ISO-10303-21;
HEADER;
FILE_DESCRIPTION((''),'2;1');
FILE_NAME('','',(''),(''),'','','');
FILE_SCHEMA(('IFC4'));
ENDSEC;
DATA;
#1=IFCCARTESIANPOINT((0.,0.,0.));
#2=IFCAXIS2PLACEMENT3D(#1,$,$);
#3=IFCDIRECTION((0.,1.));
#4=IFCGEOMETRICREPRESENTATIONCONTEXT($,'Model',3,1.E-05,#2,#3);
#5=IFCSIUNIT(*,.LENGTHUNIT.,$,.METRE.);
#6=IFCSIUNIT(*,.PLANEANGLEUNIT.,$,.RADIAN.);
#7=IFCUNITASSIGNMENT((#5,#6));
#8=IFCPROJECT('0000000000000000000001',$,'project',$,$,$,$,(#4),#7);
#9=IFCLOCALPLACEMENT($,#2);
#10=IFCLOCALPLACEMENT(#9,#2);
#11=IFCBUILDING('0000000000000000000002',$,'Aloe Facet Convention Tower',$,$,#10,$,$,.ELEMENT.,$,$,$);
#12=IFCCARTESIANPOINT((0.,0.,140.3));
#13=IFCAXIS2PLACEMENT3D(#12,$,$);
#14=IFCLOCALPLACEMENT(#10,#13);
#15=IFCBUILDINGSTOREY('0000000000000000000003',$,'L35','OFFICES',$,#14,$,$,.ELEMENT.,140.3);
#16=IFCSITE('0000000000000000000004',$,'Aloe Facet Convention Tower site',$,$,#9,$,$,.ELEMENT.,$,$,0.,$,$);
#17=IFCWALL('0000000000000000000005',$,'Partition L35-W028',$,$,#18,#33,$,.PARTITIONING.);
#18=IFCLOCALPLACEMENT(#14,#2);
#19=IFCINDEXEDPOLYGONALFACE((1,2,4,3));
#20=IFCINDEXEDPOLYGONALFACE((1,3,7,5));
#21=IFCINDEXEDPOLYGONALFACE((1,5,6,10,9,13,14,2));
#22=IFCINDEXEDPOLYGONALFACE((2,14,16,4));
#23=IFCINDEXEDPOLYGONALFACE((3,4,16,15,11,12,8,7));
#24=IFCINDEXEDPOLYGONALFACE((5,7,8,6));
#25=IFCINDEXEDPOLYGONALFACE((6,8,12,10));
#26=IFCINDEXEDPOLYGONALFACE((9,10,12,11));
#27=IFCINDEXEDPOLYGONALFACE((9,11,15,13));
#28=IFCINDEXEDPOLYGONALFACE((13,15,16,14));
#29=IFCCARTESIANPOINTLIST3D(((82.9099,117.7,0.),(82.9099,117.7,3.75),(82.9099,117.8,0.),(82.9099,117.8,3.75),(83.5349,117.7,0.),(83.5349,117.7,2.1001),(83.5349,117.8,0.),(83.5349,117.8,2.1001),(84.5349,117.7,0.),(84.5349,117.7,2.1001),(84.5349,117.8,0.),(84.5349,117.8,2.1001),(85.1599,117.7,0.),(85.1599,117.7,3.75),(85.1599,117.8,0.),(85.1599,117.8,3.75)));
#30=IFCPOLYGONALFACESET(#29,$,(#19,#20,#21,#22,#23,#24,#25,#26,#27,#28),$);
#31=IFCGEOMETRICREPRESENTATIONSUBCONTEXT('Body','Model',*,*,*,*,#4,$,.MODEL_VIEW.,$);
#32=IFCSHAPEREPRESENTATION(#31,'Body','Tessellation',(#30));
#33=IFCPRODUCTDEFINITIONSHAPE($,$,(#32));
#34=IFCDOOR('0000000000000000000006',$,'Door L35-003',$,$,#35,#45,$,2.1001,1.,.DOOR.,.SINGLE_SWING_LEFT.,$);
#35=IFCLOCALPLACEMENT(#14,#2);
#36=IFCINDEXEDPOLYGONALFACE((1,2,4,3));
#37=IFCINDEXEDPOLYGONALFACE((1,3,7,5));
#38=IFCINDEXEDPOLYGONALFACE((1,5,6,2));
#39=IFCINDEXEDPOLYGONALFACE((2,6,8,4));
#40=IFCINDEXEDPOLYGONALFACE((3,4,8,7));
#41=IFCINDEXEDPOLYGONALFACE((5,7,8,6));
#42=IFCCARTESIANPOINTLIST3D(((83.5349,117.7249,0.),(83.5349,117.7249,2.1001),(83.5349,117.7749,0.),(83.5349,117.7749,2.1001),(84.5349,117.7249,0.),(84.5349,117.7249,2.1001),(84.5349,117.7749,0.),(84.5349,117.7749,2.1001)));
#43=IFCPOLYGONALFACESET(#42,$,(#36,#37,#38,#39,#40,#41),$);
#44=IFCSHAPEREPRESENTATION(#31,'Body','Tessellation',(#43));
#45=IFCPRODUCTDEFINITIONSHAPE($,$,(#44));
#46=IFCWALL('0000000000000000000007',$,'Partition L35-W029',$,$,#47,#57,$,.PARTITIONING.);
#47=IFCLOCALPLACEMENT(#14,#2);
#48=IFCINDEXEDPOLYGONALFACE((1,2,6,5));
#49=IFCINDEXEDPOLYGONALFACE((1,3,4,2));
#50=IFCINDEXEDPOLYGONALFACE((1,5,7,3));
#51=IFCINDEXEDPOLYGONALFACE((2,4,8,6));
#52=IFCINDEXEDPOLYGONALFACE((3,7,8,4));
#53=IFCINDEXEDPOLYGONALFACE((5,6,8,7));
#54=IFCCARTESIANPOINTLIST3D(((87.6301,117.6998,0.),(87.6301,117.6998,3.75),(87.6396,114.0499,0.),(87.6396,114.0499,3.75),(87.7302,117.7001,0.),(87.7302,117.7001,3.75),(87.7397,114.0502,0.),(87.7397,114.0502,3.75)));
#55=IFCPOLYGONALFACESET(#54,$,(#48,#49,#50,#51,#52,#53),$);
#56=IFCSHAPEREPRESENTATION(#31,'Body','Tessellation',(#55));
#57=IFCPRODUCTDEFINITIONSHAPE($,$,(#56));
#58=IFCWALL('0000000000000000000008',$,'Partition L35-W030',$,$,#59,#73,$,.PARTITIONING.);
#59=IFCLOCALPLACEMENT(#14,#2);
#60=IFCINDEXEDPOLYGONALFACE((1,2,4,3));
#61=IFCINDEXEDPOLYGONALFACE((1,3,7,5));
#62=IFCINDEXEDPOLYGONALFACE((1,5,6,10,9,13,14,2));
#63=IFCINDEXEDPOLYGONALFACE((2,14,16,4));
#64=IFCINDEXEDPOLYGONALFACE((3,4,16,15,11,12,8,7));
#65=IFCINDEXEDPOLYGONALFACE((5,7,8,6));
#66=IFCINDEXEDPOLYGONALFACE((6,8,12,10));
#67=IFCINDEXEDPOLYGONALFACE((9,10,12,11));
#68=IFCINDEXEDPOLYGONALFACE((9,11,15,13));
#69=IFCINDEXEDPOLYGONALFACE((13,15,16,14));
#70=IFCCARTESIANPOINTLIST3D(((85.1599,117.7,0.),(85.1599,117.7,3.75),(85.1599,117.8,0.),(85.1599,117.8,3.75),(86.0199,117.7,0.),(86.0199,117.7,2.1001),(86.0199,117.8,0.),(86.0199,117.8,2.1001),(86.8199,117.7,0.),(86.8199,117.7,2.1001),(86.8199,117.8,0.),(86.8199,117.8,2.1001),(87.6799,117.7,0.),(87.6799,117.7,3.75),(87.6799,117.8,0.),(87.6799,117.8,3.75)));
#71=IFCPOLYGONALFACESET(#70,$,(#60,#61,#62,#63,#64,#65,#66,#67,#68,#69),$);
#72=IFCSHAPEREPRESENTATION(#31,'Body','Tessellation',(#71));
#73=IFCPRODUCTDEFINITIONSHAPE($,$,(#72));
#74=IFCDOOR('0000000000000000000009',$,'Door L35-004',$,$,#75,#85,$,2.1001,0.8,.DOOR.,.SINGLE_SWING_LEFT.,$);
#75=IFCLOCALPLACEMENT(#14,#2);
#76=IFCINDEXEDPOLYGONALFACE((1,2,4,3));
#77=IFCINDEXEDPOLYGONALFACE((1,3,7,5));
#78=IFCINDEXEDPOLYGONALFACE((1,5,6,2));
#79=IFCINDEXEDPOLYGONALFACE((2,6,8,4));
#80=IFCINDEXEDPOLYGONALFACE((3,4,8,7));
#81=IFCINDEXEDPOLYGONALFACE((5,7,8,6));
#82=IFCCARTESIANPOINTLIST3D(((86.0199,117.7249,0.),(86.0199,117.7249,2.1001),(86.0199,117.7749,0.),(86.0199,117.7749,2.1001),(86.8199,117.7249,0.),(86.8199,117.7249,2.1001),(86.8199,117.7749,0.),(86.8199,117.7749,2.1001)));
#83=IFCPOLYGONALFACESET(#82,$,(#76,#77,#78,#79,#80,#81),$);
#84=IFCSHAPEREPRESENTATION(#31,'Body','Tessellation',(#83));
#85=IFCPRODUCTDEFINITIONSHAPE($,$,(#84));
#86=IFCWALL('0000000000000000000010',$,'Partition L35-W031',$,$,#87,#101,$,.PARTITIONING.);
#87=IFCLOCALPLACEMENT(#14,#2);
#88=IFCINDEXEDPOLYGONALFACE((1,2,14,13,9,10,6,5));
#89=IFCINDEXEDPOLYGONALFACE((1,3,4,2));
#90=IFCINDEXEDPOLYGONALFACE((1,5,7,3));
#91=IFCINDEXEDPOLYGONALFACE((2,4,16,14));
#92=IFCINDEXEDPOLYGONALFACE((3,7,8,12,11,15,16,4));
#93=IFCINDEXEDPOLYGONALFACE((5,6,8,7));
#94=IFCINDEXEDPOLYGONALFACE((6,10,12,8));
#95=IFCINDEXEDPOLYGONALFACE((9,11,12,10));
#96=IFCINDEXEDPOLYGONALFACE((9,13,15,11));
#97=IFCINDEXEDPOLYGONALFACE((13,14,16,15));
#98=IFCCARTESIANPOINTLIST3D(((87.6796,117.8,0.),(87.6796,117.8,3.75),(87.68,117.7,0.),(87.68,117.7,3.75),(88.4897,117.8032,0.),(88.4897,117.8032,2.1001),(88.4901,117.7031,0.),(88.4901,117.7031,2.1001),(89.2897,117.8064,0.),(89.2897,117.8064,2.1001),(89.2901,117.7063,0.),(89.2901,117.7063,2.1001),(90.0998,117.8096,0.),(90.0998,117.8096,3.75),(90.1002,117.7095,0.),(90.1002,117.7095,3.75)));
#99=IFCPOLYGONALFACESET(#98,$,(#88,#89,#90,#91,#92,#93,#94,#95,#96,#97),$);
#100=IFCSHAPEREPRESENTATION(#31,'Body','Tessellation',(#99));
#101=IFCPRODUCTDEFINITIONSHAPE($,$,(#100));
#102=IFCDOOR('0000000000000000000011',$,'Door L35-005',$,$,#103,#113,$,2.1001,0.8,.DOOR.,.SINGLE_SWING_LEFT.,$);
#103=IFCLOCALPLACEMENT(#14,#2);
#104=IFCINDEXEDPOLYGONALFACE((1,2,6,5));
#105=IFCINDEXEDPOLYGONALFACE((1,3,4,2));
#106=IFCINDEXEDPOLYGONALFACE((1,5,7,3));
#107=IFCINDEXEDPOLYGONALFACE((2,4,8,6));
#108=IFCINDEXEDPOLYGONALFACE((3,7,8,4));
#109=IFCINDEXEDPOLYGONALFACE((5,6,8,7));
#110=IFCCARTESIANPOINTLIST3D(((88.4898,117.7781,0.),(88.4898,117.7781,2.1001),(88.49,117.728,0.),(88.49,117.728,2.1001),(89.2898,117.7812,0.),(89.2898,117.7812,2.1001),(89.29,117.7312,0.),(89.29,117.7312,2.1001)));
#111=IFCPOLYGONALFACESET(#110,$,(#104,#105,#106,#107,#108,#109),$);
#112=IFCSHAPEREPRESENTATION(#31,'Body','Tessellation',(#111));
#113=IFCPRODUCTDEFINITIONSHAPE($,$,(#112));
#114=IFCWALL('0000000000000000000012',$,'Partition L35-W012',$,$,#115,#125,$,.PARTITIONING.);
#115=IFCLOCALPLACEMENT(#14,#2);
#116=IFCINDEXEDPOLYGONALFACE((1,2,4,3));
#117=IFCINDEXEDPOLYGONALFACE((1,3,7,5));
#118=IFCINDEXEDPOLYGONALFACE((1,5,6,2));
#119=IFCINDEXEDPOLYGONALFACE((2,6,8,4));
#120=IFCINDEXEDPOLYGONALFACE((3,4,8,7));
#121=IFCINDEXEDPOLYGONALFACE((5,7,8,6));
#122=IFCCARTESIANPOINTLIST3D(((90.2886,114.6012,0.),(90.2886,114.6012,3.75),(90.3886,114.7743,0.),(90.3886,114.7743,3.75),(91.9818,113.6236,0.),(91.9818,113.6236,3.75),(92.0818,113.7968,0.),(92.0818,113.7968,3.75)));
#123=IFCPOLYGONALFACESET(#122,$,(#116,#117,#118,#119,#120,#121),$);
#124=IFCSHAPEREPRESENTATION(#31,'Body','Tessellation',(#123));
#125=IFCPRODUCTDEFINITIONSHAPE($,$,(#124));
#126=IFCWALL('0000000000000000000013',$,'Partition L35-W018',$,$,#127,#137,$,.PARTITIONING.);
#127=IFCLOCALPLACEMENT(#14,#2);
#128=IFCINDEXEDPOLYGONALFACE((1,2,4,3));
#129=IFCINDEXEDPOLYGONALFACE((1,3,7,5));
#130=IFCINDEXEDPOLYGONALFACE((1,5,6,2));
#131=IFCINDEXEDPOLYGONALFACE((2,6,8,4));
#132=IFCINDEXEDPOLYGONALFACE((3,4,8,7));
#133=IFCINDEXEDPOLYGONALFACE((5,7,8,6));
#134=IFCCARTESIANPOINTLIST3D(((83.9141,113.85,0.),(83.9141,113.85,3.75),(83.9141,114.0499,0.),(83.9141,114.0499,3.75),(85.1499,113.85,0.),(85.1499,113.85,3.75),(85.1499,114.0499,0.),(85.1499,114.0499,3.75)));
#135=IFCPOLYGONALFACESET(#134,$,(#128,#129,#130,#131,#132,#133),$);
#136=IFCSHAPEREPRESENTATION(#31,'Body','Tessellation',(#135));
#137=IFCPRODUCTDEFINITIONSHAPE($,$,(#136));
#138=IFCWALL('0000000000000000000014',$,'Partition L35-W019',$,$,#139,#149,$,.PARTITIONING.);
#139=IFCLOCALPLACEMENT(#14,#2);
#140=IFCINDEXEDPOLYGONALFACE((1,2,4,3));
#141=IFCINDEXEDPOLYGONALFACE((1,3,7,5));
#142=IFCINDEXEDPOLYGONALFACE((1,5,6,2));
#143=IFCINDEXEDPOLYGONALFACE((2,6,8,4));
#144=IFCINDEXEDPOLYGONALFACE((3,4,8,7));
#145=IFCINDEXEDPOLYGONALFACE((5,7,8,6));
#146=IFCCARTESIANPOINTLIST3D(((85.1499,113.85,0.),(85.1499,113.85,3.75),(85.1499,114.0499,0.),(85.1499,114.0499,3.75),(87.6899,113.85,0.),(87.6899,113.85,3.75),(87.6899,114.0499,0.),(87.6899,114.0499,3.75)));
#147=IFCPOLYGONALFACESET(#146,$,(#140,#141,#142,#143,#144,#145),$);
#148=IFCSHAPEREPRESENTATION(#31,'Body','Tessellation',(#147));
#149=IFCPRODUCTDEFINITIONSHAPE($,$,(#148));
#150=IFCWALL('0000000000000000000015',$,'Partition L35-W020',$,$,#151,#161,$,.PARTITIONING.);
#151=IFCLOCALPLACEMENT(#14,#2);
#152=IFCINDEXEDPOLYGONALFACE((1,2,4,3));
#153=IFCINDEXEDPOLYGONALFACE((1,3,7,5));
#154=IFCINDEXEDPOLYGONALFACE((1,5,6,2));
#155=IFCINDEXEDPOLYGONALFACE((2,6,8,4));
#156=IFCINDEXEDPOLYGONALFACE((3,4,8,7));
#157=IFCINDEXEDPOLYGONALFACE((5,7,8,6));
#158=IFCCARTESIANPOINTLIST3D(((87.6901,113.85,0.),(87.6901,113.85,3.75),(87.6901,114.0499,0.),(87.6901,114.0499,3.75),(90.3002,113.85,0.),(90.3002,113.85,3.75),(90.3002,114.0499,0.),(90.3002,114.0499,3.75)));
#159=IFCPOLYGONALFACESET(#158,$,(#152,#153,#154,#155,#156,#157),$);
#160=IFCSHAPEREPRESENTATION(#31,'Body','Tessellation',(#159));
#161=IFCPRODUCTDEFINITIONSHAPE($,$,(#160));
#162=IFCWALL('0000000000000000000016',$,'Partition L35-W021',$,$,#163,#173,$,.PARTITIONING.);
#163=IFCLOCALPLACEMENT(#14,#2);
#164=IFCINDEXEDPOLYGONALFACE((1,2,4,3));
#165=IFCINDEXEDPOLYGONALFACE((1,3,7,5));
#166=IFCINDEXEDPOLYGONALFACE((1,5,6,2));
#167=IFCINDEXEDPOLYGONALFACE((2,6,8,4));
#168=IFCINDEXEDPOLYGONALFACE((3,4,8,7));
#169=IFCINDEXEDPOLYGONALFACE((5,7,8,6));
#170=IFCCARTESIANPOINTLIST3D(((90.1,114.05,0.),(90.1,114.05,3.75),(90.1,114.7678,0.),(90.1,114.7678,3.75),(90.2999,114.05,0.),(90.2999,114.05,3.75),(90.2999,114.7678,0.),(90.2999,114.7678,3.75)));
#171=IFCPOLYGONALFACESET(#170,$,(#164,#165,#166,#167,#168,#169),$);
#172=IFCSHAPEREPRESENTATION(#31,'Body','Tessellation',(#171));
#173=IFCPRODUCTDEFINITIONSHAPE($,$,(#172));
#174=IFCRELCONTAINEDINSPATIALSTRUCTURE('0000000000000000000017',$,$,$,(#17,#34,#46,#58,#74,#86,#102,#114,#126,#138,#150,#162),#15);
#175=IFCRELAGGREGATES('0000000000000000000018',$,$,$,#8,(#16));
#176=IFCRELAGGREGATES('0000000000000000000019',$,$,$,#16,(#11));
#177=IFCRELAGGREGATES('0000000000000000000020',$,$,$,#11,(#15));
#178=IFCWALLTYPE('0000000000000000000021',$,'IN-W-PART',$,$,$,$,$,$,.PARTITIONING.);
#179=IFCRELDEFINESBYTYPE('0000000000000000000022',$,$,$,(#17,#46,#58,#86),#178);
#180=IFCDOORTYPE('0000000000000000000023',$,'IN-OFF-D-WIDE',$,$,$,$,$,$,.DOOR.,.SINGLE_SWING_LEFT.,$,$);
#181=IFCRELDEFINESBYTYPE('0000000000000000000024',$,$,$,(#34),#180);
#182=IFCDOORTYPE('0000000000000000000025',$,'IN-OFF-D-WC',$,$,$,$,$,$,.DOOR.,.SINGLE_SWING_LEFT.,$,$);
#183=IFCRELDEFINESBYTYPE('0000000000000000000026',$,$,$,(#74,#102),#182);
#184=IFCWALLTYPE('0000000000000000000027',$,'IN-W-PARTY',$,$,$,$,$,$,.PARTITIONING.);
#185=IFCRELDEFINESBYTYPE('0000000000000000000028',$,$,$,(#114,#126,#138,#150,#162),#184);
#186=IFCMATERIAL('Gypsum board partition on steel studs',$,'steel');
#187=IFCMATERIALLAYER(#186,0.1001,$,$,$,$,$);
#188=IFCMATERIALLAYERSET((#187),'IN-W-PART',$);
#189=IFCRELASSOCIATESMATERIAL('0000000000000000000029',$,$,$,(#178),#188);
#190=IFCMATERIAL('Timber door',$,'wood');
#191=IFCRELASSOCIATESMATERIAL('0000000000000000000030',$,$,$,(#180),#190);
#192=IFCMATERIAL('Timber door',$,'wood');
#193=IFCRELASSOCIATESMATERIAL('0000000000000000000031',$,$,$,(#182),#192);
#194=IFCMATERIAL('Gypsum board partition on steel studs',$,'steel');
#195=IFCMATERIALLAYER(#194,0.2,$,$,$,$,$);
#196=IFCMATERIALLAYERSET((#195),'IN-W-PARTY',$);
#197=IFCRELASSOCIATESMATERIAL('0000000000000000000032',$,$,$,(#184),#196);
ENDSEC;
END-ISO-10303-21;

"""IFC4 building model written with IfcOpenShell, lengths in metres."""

from ifc_helpers import new_model, si_unit, direction, frame, frame_2d, origin, place, context, subcontext, project, spatial, rectangle, extrude, material, layer, layer_set, type_object, element, fill, save


model = new_model("IFC4")

# Units and contexts
model_context = context("Model", 3, precision=1e-05, world=origin(), true_north=direction((0.0, 1.0)))
body_context = subcontext(model_context, "Body", "Model", "MODEL_VIEW")
ifc_project = project(units=[si_unit("LENGTHUNIT", "METRE"), si_unit("PLANEANGLEUNIT", "RADIAN")], contexts=[model_context])

# Site, building, storey
site_placement = place(None, origin())
site = spatial("IfcSite", under=ifc_project, at=site_placement, Name="Aloe Facet Convention Tower site", CompositionType="ELEMENT", RefElevation=0.0)
building_placement = place(site_placement, origin())
building = spatial("IfcBuilding", under=site, at=building_placement, Name="Aloe Facet Convention Tower", CompositionType="ELEMENT")
storey_placement = place(building_placement, frame((0.0, 0.0, 140.3)))
storey = spatial("IfcBuildingStorey", under=building, at=storey_placement, Name="L35", Description="OFFICES", CompositionType="ELEMENT", Elevation=140.3)

# Shared definitions
ifc_material_1 = material(Name="Gypsum board partition on steel studs", Category="steel")
ifc_layer_1 = layer(ifc_material_1, 0.1001)
ifc_layer_set_1 = layer_set([ifc_layer_1], Name="IN-W-PART")
wall_type_1 = type_object("IfcWallType", Name="IN-W-PART", PredefinedType="PARTITIONING", material=ifc_layer_set_1)

# Wall, opening, door
wall_1_placement = place(storey_placement, frame((82.9099, 117.75, 0.0), z_axis=(0.0, 0.0, 1.0), x_axis=(1.0, 0.0, 0.0)))
wall_1 = element("IfcWall", 1, at=wall_1_placement, inside=storey, type_object=wall_type_1, Name="Partition L35-W028", PredefinedType="PARTITIONING", context=body_context, shape_type="SweptSolid", body=[
    extrude(rectangle(XDim=2.25, YDim=0.1001, at=frame_2d((1.125, 0.0))), origin(), (0.0, 0.0, 1.0), 3.75),
])
opening_1_placement = place(wall_1_placement, frame((0.625, 0.0, 0.0)))
opening_1 = element("IfcOpeningElement", 2, at=opening_1_placement, cuts=wall_1, PredefinedType="OPENING", context=body_context, shape_type="SweptSolid", body=[
    extrude(rectangle(XDim=1.0, YDim=2.1001, at=frame_2d((0.5, 1.05))), frame((0.0, 0.0601, 0.0), z_axis=(0.0, -1.0, 0.0), x_axis=(1.0, 0.0, 0.0)), (0.0, 0.0, 1.0), 0.1201),
])
ifc_material_2 = material(Name="Timber door", Category="wood")
door_type_1 = type_object("IfcDoorType", Name="IN-OFF-D-WIDE", OperationType="SINGLE_SWING_LEFT", PredefinedType="DOOR", material=ifc_material_2)
door_1_placement = place(opening_1_placement, origin())
door_1 = element("IfcDoor", 3, at=door_1_placement, inside=storey, type_object=door_type_1, Name="Door L35-003", OperationType="SINGLE_SWING_LEFT", OverallHeight=2.1001, OverallWidth=1.0, PredefinedType="DOOR", context=body_context, shape_type="SweptSolid", body=[
    extrude(rectangle(XDim=1.0, YDim=2.1001, at=frame_2d((0.5, 1.05))), frame((0.0, 0.0249, 0.0), z_axis=(0.0, -1.0, 0.0), x_axis=(1.0, 0.0, 0.0)), (0.0, 0.0, 1.0), 0.05),
])
fill(opening_1, door_1)

# Wall
wall_2_placement = place(storey_placement, frame((87.6897, 114.05, 0.0), z_axis=(0.0, 0.0, 1.0), x_axis=(-0.002609, 0.999997, 0.0)))
element("IfcWall", 4, at=wall_2_placement, inside=storey, type_object=wall_type_1, Name="Partition L35-W029", PredefinedType="PARTITIONING", context=body_context, shape_type="SweptSolid", body=[
    extrude(rectangle(XDim=3.6499, YDim=0.1001, at=frame_2d((1.825, 0.0))), origin(), (0.0, 0.0, 1.0), 3.75),
])

# Walls, openings, doors
wall_3_placement = place(storey_placement, frame((85.1599, 117.75, 0.0), z_axis=(0.0, 0.0, 1.0), x_axis=(1.0, 0.0, 0.0)))
wall_3 = element("IfcWall", 5, at=wall_3_placement, inside=storey, type_object=wall_type_1, Name="Partition L35-W030", PredefinedType="PARTITIONING", context=body_context, shape_type="SweptSolid", body=[
    extrude(rectangle(XDim=2.52, YDim=0.1001, at=frame_2d((1.26, 0.0))), origin(), (0.0, 0.0, 1.0), 3.75),
])
opening_2_placement = place(wall_3_placement, frame((0.8601, 0.0, 0.0)))
opening_2 = element("IfcOpeningElement", 6, at=opening_2_placement, cuts=wall_3, PredefinedType="OPENING", context=body_context, shape_type="SweptSolid", body=[
    extrude(rectangle(XDim=0.8, YDim=2.1001, at=frame_2d((0.3999, 1.05))), frame((0.0, 0.0601, 0.0), z_axis=(0.0, -1.0, 0.0), x_axis=(1.0, 0.0, 0.0)), (0.0, 0.0, 1.0), 0.1201),
])
ifc_material_3 = material(Name="Timber door", Category="wood")
door_type_2 = type_object("IfcDoorType", Name="IN-OFF-D-WC", OperationType="SINGLE_SWING_LEFT", PredefinedType="DOOR", material=ifc_material_3)
door_2_placement = place(opening_2_placement, origin())
door_2 = element("IfcDoor", 7, at=door_2_placement, inside=storey, type_object=door_type_2, Name="Door L35-004", OperationType="SINGLE_SWING_LEFT", OverallHeight=2.1001, OverallWidth=0.8, PredefinedType="DOOR", context=body_context, shape_type="SweptSolid", body=[
    extrude(rectangle(XDim=0.8, YDim=2.1001, at=frame_2d((0.3999, 1.05))), frame((0.0, 0.0249, 0.0), z_axis=(0.0, -1.0, 0.0), x_axis=(1.0, 0.0, 0.0)), (0.0, 0.0, 1.0), 0.05),
])
fill(opening_2, door_2)
wall_4_placement = place(storey_placement, frame((87.6799, 117.75, 0.0), z_axis=(0.0, 0.0, 1.0), x_axis=(0.999992, 0.003934, 0.0)))
wall_4 = element("IfcWall", 8, at=wall_4_placement, inside=storey, type_object=wall_type_1, Name="Partition L35-W031", PredefinedType="PARTITIONING", context=body_context, shape_type="SweptSolid", body=[
    extrude(rectangle(XDim=2.4202, YDim=0.1001, at=frame_2d((1.21, 0.0))), origin(), (0.0, 0.0, 1.0), 3.75),
])
opening_3_placement = place(wall_4_placement, frame((0.8101, 0.0, 0.0)))
opening_3 = element("IfcOpeningElement", 9, at=opening_3_placement, cuts=wall_4, PredefinedType="OPENING", context=body_context, shape_type="SweptSolid", body=[
    extrude(rectangle(XDim=0.8, YDim=2.1001, at=frame_2d((0.3999, 1.05))), frame((0.0, 0.0601, 0.0), z_axis=(0.0, -1.0, 0.0), x_axis=(1.0, 0.0, 0.0)), (0.0, 0.0, 1.0), 0.1201),
])
door_3_placement = place(opening_3_placement, origin())
door_3 = element("IfcDoor", 10, at=door_3_placement, inside=storey, type_object=door_type_2, Name="Door L35-005", OperationType="SINGLE_SWING_LEFT", OverallHeight=2.1001, OverallWidth=0.8, PredefinedType="DOOR", context=body_context, shape_type="SweptSolid", body=[
    extrude(rectangle(XDim=0.8, YDim=2.1001, at=frame_2d((0.3999, 1.05))), frame((0.0, 0.0249, 0.0), z_axis=(0.0, -1.0, 0.0), x_axis=(1.0, 0.0, 0.0)), (0.0, 0.0, 1.0), 0.05),
])
fill(opening_3, door_3)

# Walls
ifc_material_4 = material(Name="Gypsum board partition on steel studs", Category="steel")
ifc_layer_2 = layer(ifc_material_4, 0.2)
ifc_layer_set_2 = layer_set([ifc_layer_2], Name="IN-W-PARTY")
wall_type_2 = type_object("IfcWallType", Name="IN-W-PARTY", PredefinedType="PARTITIONING", material=ifc_layer_set_2)
wall_5_placement = place(storey_placement, frame((90.3386, 114.6877, 0.0), z_axis=(0.0, 0.0, 1.0), x_axis=(0.866021, -0.500007, 0.0)))
element("IfcWall", 11, at=wall_5_placement, inside=storey, type_object=wall_type_2, Name="Partition L35-W012", PredefinedType="PARTITIONING", context=body_context, shape_type="SweptSolid", body=[
    extrude(rectangle(XDim=1.9551, YDim=0.2, at=frame_2d((0.9775, 0.0))), origin(), (0.0, 0.0, 1.0), 3.75),
])
wall_6_placement = place(storey_placement, frame((83.9141, 113.95, 0.0), z_axis=(0.0, 0.0, 1.0), x_axis=(1.0, 0.0, 0.0)))
element("IfcWall", 12, at=wall_6_placement, inside=storey, type_object=wall_type_2, Name="Partition L35-W018", PredefinedType="PARTITIONING", context=body_context, shape_type="SweptSolid", body=[
    extrude(rectangle(XDim=1.2358, YDim=0.2, at=frame_2d((0.6179, 0.0))), origin(), (0.0, 0.0, 1.0), 3.75),
])
wall_7_placement = place(storey_placement, frame((85.1499, 113.95, 0.0), z_axis=(0.0, 0.0, 1.0), x_axis=(1.0, 0.0, 0.0)))
element("IfcWall", 13, at=wall_7_placement, inside=storey, type_object=wall_type_2, Name="Partition L35-W019", PredefinedType="PARTITIONING", context=body_context, shape_type="SweptSolid", body=[
    extrude(rectangle(XDim=2.54, YDim=0.2, at=frame_2d((1.27, 0.0))), origin(), (0.0, 0.0, 1.0), 3.75),
])
wall_8_placement = place(storey_placement, frame((87.6899, 113.95, 0.0), z_axis=(0.0, 0.0, 1.0), x_axis=(1.0, 0.0, 0.0)))
element("IfcWall", 14, at=wall_8_placement, inside=storey, type_object=wall_type_2, Name="Partition L35-W020", PredefinedType="PARTITIONING", context=body_context, shape_type="SweptSolid", body=[
    extrude(rectangle(XDim=2.6101, YDim=0.2, at=frame_2d((1.3052, 0.0))), origin(), (0.0, 0.0, 1.0), 3.75),
])
wall_9_placement = place(storey_placement, frame((90.2, 114.05, 0.0), z_axis=(0.0, 0.0, 1.0), x_axis=(0.0, 1.0, 0.0)))
element("IfcWall", 15, at=wall_9_placement, inside=storey, type_object=wall_type_2, Name="Partition L35-W021", PredefinedType="PARTITIONING", context=body_context, shape_type="SweptSolid", body=[
    extrude(rectangle(XDim=0.7178, YDim=0.2, at=frame_2d((0.3589, 0.0))), origin(), (0.0, 0.0, 1.0), 3.75),
])

save(model, "model.ifc")
